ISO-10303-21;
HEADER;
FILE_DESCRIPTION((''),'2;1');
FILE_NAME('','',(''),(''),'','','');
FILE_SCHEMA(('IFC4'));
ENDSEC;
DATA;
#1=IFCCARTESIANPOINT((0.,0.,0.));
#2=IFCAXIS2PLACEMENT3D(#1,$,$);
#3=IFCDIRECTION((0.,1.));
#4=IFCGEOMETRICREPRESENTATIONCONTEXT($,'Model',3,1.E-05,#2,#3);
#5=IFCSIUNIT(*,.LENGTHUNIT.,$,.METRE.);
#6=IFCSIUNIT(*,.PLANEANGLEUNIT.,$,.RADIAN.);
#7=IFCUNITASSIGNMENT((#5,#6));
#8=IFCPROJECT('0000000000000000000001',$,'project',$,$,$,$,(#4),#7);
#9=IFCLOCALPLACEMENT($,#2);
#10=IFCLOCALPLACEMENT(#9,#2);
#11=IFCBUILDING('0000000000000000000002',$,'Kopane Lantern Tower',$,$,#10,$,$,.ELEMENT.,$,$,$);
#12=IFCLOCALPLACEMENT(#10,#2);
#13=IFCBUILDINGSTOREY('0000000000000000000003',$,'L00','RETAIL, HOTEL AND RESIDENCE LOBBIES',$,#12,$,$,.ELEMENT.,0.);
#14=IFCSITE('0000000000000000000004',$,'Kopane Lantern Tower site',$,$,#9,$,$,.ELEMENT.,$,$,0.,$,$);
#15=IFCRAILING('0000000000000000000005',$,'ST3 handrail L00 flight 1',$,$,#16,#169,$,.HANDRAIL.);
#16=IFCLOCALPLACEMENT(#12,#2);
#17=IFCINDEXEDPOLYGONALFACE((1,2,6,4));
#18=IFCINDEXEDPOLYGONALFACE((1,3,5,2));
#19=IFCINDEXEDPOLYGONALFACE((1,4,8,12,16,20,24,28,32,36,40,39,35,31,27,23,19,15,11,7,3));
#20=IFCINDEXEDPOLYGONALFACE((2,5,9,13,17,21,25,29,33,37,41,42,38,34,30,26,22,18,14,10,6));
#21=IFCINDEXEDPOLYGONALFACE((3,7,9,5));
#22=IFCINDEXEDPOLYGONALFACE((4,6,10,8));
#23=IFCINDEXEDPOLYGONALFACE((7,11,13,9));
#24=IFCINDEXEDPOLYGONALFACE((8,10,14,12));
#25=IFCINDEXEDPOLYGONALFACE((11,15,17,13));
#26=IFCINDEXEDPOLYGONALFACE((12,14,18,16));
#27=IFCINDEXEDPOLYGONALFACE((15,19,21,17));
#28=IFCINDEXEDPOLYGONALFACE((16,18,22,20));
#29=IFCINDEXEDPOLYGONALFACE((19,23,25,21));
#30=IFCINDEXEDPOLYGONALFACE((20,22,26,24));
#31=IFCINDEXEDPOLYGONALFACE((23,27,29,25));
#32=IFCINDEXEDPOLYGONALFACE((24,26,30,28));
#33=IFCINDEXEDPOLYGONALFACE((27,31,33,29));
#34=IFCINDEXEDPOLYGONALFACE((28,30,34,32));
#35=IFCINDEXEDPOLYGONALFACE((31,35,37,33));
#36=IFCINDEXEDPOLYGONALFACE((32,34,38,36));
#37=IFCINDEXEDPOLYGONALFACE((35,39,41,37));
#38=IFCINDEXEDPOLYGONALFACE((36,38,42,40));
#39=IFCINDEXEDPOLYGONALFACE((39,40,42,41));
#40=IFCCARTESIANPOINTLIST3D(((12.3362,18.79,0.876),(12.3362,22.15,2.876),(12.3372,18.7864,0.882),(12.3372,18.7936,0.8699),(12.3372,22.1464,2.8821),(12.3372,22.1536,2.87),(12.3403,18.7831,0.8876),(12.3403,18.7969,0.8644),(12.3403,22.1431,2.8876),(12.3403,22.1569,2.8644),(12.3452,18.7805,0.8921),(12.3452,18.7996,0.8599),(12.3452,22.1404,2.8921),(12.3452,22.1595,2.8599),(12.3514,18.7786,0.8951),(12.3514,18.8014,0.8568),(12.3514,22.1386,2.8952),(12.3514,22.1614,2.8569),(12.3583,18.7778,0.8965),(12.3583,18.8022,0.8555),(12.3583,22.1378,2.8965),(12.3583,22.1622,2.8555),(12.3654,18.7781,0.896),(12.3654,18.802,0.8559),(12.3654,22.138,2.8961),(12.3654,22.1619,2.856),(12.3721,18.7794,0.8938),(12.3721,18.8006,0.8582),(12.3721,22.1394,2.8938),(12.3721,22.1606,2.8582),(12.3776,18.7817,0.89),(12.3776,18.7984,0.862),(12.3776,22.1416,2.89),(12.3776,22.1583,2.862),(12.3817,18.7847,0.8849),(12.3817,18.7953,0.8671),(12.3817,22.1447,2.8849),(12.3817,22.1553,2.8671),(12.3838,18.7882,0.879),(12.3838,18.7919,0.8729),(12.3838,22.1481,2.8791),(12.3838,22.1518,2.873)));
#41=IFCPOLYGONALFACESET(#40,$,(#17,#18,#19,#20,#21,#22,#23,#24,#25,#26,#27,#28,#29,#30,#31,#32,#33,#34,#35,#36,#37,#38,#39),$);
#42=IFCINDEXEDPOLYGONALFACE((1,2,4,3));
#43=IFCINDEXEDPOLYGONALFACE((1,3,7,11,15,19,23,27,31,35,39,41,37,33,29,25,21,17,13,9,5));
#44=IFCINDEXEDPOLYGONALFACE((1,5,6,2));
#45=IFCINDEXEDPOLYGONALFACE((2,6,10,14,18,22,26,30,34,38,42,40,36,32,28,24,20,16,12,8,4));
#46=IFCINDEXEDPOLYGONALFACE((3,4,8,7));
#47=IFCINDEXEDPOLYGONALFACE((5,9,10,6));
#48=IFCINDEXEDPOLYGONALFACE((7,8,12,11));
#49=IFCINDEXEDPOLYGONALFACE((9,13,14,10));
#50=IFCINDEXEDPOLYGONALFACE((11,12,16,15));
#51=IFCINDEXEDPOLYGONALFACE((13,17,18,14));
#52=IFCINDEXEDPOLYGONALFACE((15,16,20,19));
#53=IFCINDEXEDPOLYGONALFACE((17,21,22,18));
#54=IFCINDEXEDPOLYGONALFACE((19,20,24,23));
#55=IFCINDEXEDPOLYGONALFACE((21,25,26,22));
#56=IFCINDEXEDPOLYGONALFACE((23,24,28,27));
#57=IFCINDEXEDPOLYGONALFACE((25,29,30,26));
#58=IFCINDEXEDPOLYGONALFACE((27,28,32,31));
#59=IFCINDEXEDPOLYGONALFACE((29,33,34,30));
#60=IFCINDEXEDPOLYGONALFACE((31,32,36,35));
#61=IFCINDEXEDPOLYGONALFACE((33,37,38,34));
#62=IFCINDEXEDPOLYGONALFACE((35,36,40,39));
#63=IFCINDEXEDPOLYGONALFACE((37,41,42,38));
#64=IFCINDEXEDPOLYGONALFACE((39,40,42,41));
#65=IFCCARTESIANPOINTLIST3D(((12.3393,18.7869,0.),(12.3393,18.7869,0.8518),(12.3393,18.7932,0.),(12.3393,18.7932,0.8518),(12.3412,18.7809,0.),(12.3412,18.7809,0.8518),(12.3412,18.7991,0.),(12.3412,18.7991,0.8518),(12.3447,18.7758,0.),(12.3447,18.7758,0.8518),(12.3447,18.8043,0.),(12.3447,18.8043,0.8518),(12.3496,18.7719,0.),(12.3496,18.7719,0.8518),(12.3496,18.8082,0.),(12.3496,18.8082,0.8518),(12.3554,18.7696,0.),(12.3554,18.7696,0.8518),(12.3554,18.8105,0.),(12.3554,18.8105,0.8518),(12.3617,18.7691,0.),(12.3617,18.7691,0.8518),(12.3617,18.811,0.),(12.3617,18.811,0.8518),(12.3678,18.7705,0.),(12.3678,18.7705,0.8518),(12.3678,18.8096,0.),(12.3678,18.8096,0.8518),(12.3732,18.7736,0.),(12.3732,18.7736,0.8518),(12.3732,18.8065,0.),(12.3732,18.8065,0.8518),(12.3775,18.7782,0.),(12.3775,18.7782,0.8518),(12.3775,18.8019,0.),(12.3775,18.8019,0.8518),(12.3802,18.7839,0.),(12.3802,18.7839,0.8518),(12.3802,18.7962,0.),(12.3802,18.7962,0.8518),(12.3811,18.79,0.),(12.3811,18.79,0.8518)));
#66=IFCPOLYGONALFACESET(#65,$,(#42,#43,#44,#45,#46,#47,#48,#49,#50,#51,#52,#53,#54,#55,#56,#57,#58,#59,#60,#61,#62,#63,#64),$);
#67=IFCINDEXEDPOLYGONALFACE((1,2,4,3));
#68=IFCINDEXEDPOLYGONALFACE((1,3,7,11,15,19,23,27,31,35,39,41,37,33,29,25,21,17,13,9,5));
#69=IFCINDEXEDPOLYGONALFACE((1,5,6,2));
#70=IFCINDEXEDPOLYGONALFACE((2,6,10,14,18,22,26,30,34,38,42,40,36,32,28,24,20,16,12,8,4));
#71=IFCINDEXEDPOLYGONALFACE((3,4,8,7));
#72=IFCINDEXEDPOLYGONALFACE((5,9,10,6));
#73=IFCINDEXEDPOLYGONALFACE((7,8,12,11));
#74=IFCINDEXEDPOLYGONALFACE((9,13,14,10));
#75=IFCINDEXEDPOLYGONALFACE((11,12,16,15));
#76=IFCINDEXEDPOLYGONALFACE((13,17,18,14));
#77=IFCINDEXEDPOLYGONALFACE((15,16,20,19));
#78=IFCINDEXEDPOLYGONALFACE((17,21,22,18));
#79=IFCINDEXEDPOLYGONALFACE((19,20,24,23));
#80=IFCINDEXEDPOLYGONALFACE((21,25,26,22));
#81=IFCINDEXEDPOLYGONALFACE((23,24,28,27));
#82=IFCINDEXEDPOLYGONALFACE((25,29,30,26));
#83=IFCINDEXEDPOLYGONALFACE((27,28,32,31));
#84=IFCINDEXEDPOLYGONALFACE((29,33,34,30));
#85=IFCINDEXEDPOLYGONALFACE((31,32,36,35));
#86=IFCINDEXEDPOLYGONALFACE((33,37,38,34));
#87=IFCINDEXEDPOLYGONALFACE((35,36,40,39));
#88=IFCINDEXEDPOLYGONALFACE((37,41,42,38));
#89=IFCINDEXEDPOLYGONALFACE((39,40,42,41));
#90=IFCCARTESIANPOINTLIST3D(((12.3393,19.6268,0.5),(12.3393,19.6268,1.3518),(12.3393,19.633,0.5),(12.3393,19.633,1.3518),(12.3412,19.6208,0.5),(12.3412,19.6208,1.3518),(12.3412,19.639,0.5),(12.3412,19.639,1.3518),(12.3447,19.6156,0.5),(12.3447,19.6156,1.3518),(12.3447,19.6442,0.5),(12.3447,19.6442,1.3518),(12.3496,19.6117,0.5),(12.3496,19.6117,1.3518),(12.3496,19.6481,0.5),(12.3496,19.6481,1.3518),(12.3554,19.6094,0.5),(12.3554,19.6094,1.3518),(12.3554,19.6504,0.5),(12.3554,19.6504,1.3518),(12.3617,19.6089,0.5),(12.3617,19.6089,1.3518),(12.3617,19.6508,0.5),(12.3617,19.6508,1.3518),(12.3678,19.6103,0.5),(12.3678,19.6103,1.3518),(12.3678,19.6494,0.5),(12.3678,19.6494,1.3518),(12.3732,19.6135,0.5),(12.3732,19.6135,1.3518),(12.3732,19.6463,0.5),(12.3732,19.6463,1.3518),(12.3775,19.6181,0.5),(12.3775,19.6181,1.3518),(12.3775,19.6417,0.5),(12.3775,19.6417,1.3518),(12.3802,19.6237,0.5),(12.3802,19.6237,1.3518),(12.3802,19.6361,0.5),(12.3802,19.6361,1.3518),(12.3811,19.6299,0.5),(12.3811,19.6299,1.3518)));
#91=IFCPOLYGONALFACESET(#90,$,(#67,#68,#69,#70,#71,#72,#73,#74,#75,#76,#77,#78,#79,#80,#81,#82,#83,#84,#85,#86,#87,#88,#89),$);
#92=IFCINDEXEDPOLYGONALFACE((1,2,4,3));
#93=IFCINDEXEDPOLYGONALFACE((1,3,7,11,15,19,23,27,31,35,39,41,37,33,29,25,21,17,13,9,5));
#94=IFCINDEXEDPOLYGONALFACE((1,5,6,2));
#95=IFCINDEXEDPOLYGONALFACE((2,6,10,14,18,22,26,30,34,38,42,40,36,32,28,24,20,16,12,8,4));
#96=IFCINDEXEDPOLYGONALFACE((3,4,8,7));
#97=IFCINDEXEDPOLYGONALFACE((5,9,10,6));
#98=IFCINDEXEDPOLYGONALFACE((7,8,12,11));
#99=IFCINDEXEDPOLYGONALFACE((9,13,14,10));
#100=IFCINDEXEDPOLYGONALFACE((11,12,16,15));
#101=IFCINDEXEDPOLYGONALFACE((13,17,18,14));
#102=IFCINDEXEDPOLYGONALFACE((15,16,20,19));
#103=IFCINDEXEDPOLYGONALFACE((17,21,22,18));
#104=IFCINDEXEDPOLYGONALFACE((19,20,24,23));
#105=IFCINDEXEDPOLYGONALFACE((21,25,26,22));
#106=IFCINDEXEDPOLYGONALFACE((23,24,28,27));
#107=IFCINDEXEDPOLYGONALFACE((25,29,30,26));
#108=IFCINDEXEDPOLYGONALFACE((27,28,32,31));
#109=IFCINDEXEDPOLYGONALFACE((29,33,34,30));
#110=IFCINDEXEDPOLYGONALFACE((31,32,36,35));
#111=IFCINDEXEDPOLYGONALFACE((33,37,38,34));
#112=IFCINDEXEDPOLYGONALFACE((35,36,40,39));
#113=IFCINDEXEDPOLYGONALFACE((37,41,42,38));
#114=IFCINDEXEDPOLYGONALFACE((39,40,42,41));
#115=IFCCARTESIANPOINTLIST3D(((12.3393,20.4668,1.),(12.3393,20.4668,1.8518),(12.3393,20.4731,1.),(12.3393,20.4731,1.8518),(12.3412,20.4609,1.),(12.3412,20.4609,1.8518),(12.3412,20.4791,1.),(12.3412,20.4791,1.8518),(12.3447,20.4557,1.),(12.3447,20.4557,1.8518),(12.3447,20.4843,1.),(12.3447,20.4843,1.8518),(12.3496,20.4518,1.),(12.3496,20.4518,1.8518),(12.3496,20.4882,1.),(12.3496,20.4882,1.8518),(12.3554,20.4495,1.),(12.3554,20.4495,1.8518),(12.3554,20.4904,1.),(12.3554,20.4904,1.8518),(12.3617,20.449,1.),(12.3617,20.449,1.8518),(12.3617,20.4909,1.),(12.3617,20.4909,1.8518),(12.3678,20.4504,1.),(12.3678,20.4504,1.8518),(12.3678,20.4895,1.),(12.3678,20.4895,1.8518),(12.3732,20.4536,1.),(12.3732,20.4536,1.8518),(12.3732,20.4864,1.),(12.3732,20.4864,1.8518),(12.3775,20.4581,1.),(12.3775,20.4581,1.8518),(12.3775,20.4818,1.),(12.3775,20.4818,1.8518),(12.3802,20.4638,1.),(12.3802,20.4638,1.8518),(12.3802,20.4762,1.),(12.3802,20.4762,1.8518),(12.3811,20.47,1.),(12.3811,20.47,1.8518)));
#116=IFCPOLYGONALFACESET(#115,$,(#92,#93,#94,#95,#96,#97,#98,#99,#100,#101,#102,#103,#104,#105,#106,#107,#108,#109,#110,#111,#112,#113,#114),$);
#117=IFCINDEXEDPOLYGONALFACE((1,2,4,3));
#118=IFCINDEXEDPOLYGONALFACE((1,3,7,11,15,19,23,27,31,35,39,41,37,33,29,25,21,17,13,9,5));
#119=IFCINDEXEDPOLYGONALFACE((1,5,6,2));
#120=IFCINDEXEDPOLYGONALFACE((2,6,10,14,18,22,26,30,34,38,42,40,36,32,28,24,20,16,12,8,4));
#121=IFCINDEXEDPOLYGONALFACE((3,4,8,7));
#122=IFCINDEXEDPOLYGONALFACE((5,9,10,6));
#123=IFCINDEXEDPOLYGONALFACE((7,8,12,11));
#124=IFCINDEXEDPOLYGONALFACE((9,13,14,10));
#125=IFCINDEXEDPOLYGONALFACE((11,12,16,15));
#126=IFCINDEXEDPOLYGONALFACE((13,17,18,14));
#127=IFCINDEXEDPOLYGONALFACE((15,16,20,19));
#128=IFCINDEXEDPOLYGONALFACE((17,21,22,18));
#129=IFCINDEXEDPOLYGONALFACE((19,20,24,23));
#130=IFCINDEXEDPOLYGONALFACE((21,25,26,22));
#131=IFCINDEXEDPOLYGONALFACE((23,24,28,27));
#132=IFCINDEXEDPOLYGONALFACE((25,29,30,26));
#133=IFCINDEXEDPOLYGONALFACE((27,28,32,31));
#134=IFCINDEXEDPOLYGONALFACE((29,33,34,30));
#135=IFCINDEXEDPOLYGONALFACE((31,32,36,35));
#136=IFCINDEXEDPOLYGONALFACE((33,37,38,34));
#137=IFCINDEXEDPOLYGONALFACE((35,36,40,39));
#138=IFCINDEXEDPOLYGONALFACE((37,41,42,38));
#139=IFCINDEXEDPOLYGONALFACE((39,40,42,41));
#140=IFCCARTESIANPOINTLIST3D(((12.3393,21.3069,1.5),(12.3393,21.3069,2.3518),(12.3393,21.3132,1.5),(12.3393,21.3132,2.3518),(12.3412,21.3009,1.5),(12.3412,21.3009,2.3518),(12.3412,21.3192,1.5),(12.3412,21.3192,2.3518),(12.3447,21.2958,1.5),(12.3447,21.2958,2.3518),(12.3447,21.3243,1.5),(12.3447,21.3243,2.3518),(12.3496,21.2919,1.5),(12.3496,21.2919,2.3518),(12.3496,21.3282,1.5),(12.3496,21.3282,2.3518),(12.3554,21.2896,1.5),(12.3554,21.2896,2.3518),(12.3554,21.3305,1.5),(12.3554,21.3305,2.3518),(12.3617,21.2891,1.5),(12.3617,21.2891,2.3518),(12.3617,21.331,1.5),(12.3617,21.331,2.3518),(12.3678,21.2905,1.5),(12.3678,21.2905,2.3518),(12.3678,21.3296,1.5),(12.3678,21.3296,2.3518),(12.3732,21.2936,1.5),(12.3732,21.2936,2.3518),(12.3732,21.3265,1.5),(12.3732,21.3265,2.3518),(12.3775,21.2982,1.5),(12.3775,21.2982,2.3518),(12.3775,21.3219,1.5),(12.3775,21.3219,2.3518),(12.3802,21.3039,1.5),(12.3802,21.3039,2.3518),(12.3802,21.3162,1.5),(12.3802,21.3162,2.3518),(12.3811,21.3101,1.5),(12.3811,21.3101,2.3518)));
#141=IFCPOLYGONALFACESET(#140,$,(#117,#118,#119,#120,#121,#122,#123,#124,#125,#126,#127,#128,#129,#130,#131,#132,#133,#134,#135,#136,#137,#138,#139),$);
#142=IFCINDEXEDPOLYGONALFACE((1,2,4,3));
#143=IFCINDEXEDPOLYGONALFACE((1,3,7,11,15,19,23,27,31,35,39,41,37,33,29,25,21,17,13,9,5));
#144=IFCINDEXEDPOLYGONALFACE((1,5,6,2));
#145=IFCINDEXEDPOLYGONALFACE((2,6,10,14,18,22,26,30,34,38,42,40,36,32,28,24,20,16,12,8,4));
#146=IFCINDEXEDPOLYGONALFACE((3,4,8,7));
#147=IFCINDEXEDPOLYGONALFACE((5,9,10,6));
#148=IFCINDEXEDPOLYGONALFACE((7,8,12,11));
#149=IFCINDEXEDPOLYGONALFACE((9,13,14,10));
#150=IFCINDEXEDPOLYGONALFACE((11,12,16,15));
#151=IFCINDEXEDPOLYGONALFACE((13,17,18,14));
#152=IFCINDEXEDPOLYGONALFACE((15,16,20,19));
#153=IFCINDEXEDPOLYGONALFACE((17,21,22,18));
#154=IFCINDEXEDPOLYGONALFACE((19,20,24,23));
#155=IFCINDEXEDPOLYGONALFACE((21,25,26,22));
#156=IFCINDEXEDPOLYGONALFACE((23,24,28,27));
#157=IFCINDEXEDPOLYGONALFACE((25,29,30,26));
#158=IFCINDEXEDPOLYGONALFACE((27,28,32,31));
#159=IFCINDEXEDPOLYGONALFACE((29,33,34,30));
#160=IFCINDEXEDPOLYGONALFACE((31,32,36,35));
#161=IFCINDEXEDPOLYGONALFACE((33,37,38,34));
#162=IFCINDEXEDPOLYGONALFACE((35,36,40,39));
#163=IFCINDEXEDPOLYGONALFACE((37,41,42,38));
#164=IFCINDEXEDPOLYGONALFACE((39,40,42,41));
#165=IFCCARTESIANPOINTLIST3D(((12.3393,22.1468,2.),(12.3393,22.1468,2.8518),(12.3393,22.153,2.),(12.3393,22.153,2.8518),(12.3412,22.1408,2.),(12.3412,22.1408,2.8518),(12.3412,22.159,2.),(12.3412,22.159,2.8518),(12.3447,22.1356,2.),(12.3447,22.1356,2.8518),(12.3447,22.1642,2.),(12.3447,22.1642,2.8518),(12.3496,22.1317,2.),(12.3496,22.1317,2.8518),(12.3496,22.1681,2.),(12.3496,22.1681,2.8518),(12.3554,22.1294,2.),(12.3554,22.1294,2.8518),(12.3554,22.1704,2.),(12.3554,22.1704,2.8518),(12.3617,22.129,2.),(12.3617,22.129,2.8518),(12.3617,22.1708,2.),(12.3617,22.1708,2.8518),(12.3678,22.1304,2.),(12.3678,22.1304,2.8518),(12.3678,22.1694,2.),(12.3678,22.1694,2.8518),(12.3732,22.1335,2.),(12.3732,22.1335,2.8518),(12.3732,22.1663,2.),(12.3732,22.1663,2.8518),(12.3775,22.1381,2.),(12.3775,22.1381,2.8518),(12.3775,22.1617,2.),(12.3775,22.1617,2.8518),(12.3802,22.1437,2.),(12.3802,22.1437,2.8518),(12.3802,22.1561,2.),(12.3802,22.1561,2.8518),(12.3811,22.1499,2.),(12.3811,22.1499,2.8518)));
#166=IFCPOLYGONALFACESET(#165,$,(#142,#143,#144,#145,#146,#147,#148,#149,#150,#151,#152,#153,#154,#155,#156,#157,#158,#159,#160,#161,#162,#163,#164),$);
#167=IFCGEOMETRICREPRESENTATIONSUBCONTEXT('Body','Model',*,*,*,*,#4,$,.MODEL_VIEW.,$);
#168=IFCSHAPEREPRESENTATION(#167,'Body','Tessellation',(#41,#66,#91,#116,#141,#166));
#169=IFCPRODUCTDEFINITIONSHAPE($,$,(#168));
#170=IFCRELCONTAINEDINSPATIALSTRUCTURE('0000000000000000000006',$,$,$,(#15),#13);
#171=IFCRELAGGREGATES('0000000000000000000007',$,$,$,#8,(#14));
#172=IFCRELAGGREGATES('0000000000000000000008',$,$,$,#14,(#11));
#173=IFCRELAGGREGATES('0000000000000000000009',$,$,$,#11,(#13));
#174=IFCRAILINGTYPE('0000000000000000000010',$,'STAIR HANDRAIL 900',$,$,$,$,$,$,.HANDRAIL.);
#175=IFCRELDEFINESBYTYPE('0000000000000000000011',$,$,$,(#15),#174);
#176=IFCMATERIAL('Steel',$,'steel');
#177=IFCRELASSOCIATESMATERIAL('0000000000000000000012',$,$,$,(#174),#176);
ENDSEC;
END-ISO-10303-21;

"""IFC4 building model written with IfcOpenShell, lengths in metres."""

from ifc_helpers import new_model, si_unit, direction, frame, origin, origin_2d, place, context, subcontext, project, spatial, circle, extrude, material, type_object, element, save


model = new_model("IFC4")

# Units and contexts
model_context = context("Model", 3, precision=1e-05, world=origin(), true_north=direction((0.0, 1.0)))
body_context = subcontext(model_context, "Body", "Model", "MODEL_VIEW")
ifc_project = project(units=[si_unit("LENGTHUNIT", "METRE"), si_unit("PLANEANGLEUNIT", "RADIAN")], contexts=[model_context])

# Site, building, storey
site_placement = place(None, origin())
site = spatial("IfcSite", under=ifc_project, at=site_placement, Name="Kopane Lantern Tower site", CompositionType="ELEMENT", RefElevation=0.0)
building_placement = place(site_placement, origin())
building = spatial("IfcBuilding", under=site, at=building_placement, Name="Kopane Lantern Tower", CompositionType="ELEMENT")
storey_placement = place(building_placement, origin())
storey = spatial("IfcBuildingStorey", under=building, at=storey_placement, Name="L00", Description="RETAIL, HOTEL AND RESIDENCE LOBBIES", CompositionType="ELEMENT", Elevation=0.0)

# Railing
ifc_material_1 = material(Name="Steel", Category="steel")
railing_type_1 = type_object("IfcRailingType", Name="STAIR HANDRAIL 900", PredefinedType="HANDRAIL", material=ifc_material_1)
railing_1_placement = place(storey_placement, frame((12.3601, 18.79, 0.0)))
element("IfcRailing", 1, at=railing_1_placement, inside=storey, type_object=railing_type_1, Name="ST3 handrail L00 flight 1", PredefinedType="HANDRAIL", context=body_context, shape_type="SweptSolid", body=[
    extrude(circle(Radius=0.0239, at=origin_2d()), frame((0.0, 0.0, 0.876), z_axis=(0.0, 0.859284, 0.511499), x_axis=(-1.0, 0.0, 0.0)), (0.0, 0.0, 1.0), 3.9102),
    extrude(circle(Radius=0.021, at=origin_2d()), origin(), (0.0, 0.0, 1.0), 0.8518),
    extrude(circle(Radius=0.021, at=origin_2d()), frame((0.0, 0.8398, 0.5)), (0.0, 0.0, 1.0), 0.8518),
    extrude(circle(Radius=0.021, at=origin_2d()), frame((0.0, 1.6799, 1.0)), (0.0, 0.0, 1.0), 0.8518),
    extrude(circle(Radius=0.021, at=origin_2d()), frame((0.0, 2.52, 1.5)), (0.0, 0.0, 1.0), 0.8518),
    extrude(circle(Radius=0.021, at=origin_2d()), frame((0.0, 3.3599, 2.0)), (0.0, 0.0, 1.0), 0.8518),
])

save(model, "model.ifc")
